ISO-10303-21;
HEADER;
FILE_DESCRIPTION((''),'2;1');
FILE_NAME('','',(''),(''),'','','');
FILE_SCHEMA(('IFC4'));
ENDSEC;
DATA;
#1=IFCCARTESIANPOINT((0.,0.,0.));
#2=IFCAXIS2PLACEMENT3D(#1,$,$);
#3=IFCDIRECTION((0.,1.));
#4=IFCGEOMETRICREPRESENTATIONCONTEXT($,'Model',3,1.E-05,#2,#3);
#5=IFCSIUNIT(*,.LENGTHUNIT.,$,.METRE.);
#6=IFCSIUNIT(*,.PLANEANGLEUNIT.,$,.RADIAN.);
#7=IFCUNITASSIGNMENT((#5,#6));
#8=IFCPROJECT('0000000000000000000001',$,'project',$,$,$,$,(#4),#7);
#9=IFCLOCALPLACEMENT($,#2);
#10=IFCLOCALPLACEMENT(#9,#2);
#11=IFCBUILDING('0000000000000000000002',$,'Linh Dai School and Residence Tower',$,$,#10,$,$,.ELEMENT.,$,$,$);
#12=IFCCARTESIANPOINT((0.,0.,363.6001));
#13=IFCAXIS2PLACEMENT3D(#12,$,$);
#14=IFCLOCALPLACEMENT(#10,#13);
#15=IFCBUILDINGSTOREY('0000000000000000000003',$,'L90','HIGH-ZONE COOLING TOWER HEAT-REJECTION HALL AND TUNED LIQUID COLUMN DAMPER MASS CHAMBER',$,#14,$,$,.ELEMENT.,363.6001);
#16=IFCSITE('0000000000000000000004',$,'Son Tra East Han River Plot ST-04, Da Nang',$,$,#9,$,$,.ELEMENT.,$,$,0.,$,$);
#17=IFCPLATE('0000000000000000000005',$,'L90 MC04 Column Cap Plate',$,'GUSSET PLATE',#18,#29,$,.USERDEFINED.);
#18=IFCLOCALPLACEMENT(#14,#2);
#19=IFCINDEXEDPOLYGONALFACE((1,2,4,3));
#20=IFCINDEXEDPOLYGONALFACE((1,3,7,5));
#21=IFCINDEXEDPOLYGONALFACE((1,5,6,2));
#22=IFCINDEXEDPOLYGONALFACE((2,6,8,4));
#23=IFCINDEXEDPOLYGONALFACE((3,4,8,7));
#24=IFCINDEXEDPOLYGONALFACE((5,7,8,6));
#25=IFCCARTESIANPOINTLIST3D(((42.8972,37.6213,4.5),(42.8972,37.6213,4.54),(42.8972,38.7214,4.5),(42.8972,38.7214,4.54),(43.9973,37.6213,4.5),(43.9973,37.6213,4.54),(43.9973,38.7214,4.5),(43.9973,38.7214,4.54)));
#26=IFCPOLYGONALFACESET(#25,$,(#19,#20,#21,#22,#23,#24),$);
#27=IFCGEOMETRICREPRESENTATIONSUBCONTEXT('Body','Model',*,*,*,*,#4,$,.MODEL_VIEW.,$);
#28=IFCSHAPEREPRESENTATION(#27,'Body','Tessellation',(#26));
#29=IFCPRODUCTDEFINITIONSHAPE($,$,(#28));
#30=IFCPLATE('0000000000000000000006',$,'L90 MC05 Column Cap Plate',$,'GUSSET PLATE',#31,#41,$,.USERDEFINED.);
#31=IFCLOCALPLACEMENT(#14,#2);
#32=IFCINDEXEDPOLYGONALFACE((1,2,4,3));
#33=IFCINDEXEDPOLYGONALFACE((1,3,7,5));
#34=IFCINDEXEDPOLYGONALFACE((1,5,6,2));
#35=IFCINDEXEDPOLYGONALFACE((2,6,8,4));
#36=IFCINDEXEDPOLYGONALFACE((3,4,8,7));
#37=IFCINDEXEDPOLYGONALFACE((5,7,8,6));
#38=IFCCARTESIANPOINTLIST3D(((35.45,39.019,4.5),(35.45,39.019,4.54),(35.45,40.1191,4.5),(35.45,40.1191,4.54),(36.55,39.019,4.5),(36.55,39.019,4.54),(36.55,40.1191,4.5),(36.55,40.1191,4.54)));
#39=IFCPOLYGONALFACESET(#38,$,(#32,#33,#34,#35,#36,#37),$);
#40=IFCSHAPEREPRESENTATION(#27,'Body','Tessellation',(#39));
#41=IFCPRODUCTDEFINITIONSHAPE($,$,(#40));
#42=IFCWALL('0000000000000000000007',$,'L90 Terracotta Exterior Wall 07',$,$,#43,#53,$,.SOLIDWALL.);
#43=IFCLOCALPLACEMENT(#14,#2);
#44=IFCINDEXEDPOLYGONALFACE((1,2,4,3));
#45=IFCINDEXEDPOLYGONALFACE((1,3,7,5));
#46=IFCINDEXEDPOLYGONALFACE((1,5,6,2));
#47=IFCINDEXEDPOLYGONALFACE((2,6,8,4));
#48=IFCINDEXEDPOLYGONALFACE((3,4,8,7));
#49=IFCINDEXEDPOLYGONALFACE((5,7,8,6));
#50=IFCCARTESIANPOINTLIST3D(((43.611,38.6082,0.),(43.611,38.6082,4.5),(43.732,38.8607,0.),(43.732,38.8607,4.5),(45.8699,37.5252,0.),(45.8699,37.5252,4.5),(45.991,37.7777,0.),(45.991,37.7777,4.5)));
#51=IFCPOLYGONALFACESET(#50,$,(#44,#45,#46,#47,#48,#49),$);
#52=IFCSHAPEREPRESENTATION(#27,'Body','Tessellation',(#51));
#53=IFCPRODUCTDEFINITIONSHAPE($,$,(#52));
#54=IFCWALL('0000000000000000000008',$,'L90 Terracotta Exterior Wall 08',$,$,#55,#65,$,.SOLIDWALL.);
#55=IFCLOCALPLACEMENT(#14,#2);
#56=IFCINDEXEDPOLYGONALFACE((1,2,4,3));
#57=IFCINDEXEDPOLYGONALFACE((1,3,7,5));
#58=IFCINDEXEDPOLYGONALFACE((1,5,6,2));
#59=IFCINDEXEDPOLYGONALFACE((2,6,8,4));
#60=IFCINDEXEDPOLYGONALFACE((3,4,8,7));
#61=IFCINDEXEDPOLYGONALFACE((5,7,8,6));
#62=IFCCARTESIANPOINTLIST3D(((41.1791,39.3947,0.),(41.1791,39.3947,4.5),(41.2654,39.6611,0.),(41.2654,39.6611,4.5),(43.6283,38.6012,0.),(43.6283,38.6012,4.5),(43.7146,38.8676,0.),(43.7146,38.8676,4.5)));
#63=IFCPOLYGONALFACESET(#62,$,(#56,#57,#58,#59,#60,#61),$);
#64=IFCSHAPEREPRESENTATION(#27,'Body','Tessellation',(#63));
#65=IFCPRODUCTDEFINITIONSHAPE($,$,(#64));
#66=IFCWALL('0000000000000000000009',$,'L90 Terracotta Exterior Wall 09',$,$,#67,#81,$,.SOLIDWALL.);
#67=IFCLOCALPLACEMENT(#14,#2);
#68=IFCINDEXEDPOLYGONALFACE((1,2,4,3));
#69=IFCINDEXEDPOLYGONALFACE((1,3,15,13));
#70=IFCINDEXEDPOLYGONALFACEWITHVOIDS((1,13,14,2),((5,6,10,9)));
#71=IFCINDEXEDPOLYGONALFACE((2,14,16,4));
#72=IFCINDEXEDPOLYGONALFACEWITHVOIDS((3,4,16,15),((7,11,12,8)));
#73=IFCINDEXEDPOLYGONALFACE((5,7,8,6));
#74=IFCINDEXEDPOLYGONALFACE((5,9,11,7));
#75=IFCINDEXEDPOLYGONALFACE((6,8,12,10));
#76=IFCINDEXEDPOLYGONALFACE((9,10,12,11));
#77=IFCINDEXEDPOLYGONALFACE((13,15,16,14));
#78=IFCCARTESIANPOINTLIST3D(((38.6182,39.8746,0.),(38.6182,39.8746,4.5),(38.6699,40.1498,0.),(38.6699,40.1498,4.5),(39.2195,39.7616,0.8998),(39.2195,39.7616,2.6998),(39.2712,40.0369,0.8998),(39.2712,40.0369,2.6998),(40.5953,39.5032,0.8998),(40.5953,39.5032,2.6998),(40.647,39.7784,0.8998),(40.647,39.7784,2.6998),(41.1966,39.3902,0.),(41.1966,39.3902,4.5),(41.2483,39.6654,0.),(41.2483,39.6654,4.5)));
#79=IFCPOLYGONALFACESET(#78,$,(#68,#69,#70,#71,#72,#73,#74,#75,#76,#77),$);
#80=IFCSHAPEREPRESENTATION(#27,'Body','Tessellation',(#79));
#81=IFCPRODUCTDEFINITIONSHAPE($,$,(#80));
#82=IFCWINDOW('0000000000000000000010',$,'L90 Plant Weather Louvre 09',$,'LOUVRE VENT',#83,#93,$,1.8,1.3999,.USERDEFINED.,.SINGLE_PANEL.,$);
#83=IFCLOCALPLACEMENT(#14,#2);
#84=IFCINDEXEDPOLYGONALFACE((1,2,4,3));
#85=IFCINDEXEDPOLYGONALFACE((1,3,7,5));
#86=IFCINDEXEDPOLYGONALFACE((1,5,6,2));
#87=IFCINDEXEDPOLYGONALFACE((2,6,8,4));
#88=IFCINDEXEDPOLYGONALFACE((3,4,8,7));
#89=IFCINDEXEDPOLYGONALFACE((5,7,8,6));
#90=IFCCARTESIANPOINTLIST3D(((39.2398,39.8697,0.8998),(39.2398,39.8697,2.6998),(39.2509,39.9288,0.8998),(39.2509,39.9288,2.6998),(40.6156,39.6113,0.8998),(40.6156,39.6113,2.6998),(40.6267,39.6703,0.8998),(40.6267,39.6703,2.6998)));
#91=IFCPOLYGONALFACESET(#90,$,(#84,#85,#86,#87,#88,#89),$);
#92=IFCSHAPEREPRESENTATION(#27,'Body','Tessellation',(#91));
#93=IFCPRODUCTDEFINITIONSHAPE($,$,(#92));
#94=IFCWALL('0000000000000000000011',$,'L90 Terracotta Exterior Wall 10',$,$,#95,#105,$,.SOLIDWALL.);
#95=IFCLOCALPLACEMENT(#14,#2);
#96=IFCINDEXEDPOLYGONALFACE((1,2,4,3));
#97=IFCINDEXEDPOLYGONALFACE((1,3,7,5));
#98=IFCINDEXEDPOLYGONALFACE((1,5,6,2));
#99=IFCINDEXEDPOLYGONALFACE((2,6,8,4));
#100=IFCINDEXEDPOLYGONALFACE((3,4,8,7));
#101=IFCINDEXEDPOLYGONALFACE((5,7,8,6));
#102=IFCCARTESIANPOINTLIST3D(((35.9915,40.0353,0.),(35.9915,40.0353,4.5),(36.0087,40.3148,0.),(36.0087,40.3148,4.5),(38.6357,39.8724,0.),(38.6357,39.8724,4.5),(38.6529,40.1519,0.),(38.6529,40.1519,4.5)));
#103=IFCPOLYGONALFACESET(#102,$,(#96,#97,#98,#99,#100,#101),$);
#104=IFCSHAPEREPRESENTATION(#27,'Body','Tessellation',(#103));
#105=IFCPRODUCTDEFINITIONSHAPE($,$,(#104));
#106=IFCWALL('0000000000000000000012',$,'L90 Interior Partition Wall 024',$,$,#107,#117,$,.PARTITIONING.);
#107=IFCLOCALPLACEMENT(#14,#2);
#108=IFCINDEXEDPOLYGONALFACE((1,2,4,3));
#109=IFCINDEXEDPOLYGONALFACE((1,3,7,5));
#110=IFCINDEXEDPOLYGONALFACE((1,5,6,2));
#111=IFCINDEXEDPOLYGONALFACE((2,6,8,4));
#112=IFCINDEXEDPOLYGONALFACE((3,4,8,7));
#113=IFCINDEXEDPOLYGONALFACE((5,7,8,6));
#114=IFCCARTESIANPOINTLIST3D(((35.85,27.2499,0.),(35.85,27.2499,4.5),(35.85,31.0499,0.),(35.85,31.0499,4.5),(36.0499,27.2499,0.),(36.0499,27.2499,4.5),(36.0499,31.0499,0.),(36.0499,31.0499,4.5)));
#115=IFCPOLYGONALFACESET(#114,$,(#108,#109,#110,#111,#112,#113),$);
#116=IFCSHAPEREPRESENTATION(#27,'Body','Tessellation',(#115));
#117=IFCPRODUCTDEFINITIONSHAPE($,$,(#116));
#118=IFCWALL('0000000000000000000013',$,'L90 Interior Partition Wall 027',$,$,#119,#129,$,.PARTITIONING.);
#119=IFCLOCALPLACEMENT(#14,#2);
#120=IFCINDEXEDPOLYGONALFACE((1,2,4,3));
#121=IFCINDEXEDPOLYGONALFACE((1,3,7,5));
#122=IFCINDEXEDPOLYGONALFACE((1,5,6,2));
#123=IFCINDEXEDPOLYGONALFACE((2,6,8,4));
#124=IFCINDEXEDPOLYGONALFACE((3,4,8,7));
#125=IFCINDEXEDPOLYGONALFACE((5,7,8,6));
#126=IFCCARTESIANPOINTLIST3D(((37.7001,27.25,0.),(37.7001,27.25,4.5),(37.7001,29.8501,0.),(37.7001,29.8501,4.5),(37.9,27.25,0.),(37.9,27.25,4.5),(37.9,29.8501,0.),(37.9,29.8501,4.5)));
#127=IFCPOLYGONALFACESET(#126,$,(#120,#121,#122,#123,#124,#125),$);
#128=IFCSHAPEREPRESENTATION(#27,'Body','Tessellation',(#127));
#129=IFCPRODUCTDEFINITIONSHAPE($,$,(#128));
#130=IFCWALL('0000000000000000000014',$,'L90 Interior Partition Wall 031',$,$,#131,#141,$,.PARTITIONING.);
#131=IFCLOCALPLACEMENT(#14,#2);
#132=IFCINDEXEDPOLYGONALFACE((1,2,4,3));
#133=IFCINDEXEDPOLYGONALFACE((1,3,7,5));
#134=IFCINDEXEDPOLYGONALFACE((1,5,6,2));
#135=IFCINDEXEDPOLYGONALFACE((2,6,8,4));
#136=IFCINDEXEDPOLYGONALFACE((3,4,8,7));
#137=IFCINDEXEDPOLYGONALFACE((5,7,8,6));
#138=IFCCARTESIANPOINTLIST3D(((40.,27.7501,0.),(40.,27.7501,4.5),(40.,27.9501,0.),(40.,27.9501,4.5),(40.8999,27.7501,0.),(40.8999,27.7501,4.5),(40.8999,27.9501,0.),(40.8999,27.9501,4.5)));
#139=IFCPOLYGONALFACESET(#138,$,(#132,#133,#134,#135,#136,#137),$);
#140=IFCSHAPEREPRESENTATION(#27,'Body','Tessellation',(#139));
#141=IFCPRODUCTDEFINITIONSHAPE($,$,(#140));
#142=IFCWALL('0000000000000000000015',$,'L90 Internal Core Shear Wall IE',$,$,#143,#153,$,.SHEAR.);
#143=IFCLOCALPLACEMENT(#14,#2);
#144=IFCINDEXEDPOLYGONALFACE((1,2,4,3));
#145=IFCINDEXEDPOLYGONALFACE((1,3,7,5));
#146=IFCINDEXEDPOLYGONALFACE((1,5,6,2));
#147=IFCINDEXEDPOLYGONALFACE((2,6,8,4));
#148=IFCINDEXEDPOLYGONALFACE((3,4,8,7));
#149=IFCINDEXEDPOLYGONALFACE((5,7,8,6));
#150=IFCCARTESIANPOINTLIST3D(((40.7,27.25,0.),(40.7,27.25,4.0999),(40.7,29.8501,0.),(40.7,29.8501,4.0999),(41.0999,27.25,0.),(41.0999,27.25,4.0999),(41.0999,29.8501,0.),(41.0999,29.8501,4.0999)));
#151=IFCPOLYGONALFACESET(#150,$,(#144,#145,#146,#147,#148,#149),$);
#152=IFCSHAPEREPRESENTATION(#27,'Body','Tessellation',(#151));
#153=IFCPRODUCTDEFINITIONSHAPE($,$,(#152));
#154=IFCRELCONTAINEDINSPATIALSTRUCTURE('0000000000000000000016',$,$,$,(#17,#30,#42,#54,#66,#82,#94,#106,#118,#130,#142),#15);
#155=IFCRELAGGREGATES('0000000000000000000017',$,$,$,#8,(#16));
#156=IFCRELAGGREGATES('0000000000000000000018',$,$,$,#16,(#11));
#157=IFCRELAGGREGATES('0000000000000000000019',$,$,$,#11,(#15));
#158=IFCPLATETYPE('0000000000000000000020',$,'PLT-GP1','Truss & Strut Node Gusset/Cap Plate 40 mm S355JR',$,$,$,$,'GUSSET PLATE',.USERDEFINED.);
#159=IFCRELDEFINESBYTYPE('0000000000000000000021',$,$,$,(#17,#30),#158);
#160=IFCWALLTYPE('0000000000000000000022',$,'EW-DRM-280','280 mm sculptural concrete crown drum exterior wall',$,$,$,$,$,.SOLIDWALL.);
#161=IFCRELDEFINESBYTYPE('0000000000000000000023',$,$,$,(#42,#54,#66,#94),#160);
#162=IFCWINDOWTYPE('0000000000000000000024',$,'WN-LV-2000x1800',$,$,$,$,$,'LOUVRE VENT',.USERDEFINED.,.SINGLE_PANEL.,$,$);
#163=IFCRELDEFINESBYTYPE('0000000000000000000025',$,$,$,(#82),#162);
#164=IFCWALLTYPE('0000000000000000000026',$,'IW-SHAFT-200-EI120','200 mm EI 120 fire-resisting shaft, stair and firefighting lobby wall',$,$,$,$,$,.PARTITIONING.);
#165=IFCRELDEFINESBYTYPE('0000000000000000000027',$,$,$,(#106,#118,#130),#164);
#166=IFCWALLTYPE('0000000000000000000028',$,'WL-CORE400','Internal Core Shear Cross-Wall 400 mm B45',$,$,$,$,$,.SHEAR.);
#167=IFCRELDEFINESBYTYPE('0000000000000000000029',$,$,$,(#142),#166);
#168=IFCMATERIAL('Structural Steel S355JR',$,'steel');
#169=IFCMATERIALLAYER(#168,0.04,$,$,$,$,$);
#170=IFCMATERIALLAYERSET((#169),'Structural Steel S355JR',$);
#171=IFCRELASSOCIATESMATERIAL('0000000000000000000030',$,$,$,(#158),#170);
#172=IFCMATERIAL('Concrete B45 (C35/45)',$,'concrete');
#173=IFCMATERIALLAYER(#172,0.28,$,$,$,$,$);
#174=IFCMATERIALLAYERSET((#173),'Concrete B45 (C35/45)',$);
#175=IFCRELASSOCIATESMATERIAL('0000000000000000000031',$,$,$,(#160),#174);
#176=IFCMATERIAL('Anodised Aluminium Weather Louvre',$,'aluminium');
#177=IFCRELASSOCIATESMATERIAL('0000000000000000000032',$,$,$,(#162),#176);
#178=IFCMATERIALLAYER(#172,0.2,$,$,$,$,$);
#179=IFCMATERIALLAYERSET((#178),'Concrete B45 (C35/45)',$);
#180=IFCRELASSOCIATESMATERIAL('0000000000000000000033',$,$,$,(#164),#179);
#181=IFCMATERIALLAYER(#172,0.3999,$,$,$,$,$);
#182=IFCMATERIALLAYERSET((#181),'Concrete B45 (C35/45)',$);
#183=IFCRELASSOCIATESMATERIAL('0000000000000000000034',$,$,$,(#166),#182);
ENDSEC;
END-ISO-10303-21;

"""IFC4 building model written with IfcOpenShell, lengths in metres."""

from ifc_helpers import new_model, si_unit, direction, frame, frame_2d, origin, origin_2d, place, context, subcontext, project, spatial, rectangle, extrude, source, transform, mapped, material, layer, layer_set, type_object, element, fill, save


model = new_model("IFC4")

# Units and contexts
model_context = context("Model", 3, precision=1e-05, world=origin(), true_north=direction((0.0, 1.0)))
body_context = subcontext(model_context, "Body", "Model", "MODEL_VIEW")
ifc_project = project(units=[si_unit("LENGTHUNIT", "METRE"), si_unit("PLANEANGLEUNIT", "RADIAN")], contexts=[model_context])

# Site, building, storey
site_placement = place(None, origin())
site = spatial("IfcSite", under=ifc_project, at=site_placement, Name="Son Tra East Han River Plot ST-04, Da Nang", CompositionType="ELEMENT", RefElevation=0.0)
building_placement = place(site_placement, origin())
building = spatial("IfcBuilding", under=site, at=building_placement, Name="Linh Dai School and Residence Tower", CompositionType="ELEMENT")
storey_placement = place(building_placement, frame((0.0, 0.0, 363.6001)))
storey = spatial("IfcBuildingStorey", under=building, at=storey_placement, Name="L90", Description="HIGH-ZONE COOLING TOWER HEAT-REJECTION HALL AND TUNED LIQUID COLUMN DAMPER MASS CHAMBER", CompositionType="ELEMENT", Elevation=363.6001)

# Shared definitions
ifc_material_1 = material(Name="Structural Steel S355JR", Category="steel")

# Plates
ifc_layer_1 = layer(ifc_material_1, 0.04)
ifc_layer_set_1 = layer_set([ifc_layer_1], Name="Structural Steel S355JR")
plate_type = type_object("IfcPlateType", Name="PLT-GP1", Description="Truss & Strut Node Gusset/Cap Plate 40 mm S355JR", ElementType="GUSSET PLATE", PredefinedType="USERDEFINED", material=ifc_layer_set_1)
shared_shape_1 = source(origin(), body_context, "Body", "SweptSolid", [
    extrude(rectangle(XDim=1.1001, YDim=1.1001, at=origin_2d()), origin(), (0.0, 0.0, 1.0), 0.04),
])
for number, where, z_axis, x_axis, name in (
    (1, (43.4473, 38.1714, 4.5), (0.0, 0.0, 1.0), (1.0, 0.0, 0.0), "L90 MC04 Column Cap Plate"),
    (2, (36.0, 39.5691, 4.5), (0.0, 0.0, 1.0), (1.0, 0.0, 0.0), "L90 MC05 Column Cap Plate"),
):
    element("IfcPlate", number, at=place(storey_placement, frame(where, z_axis=z_axis, x_axis=x_axis)), inside=storey, type_object=plate_type, Name=name, ObjectType="GUSSET PLATE", PredefinedType="USERDEFINED", context=body_context, shape_type="MappedRepresentation", body=[
        mapped(shared_shape_1, transform((0.0, 0.0, 0.0), x_axis=(1.0, 0.0, 0.0), y_axis=(0.0, 1.0, 0.0), z_axis=(0.0, 0.0, 1.0), scale=1.0)),
    ])

# Walls
ifc_material_2 = material(Name="Concrete B45 (C35/45)", Category="concrete")
ifc_layer_2 = layer(ifc_material_2, 0.28)
ifc_layer_set_2 = layer_set([ifc_layer_2], Name="Concrete B45 (C35/45)")
wall_type_1 = type_object("IfcWallType", Name="EW-DRM-280", Description="280 mm sculptural concrete crown drum exterior wall", PredefinedType="SOLIDWALL", material=ifc_layer_set_2)
wall_1_placement = place(storey_placement, frame((43.6716, 38.7344, 0.0), z_axis=(0.0, 0.0, 1.0), x_axis=(0.90173, -0.4323, 0.0)))
element("IfcWall", 3, at=wall_1_placement, inside=storey, type_object=wall_type_1, Name="L90 Terracotta Exterior Wall 07", PredefinedType="SOLIDWALL", context=body_context, shape_type="SweptSolid", body=[
    extrude(rectangle(XDim=2.5051, YDim=0.28, at=frame_2d((1.2524, 0.0))), origin(), (0.0, 0.0, 1.0), 4.5),
])
wall_2_placement = place(storey_placement, frame((41.2224, 39.5278, 0.0), z_axis=(0.0, 0.0, 1.0), x_axis=(0.951324, -0.308194, 0.0)))
element("IfcWall", 4, at=wall_2_placement, inside=storey, type_object=wall_type_1, Name="L90 Terracotta Exterior Wall 08", PredefinedType="SOLIDWALL", context=body_context, shape_type="SweptSolid", body=[
    extrude(rectangle(XDim=2.5745, YDim=0.28, at=frame_2d((1.2871, 0.0))), origin(), (0.0, 0.0, 1.0), 4.5),
])

# Wall, opening, window
wall_3_placement = place(storey_placement, frame((38.644, 40.0122, 0.0), z_axis=(0.0, 0.0, 1.0), x_axis=(0.982808, -0.184631, 0.0)))
wall_3 = element("IfcWall", 5, at=wall_3_placement, inside=storey, type_object=wall_type_1, Name="L90 Terracotta Exterior Wall 09", PredefinedType="SOLIDWALL", context=body_context, shape_type="SweptSolid", body=[
    extrude(rectangle(XDim=2.6235, YDim=0.28, at=frame_2d((1.3118, 0.0))), origin(), (0.0, 0.0, 1.0), 4.5),
])
opening_1_placement = place(wall_3_placement, frame((0.6118, 0.0, 0.8999)))
opening_1 = element("IfcOpeningElement", 6, at=opening_1_placement, cuts=wall_3, PredefinedType="OPENING", context=body_context, shape_type="SweptSolid", body=[
    extrude(rectangle(XDim=1.3999, YDim=1.8, at=origin_2d()), frame((0.7, 0.1499, 0.8999), z_axis=(0.0, -1.0, 0.0), x_axis=(1.0, 0.0, 0.0)), (0.0, 0.0, 1.0), 0.3),
])
ifc_material_3 = material(Name="Anodised Aluminium Weather Louvre", Category="aluminium")
window_type = type_object("IfcWindowType", Name="WN-LV-2000x1800", ElementType="LOUVRE VENT", PartitioningType="SINGLE_PANEL", PredefinedType="USERDEFINED", material=ifc_material_3)
shared_shape_2 = source(origin(), body_context, "Body", "SweptSolid", [
    extrude(rectangle(XDim=1.3999, YDim=1.8, at=origin_2d()), frame((0.7, 0.03, 0.8999), z_axis=(0.0, -1.0, 0.0), x_axis=(1.0, 0.0, 0.0)), (0.0, 0.0, 1.0), 0.0601),
])
window_placement = place(opening_1_placement, origin())
window = element("IfcWindow", 7, at=window_placement, inside=storey, type_object=window_type, Name="L90 Plant Weather Louvre 09", ObjectType="LOUVRE VENT", OverallHeight=1.8, OverallWidth=1.3999, PartitioningType="SINGLE_PANEL", PredefinedType="USERDEFINED", context=body_context, shape_type="MappedRepresentation", body=[
    mapped(shared_shape_2, transform((0.0, 0.0, 0.0), x_axis=(1.0, 0.0, 0.0), y_axis=(0.0, 1.0, 0.0), z_axis=(0.0, 0.0, 1.0), scale=1.0)),
])
fill(opening_1, window)

# Walls
wall_4_placement = place(storey_placement, frame((36.0, 40.175, 0.0), z_axis=(0.0, 0.0, 1.0), x_axis=(0.998109, -0.061472, 0.0)))
element("IfcWall", 8, at=wall_4_placement, inside=storey, type_object=wall_type_1, Name="L90 Terracotta Exterior Wall 10", PredefinedType="SOLIDWALL", context=body_context, shape_type="SweptSolid", body=[
    extrude(rectangle(XDim=2.6492, YDim=0.28, at=frame_2d((1.3247, 0.0))), origin(), (0.0, 0.0, 1.0), 4.5),
])
ifc_layer_3 = layer(ifc_material_2, 0.2)
ifc_layer_set_3 = layer_set([ifc_layer_3], Name="Concrete B45 (C35/45)")
wall_type_2 = type_object("IfcWallType", Name="IW-SHAFT-200-EI120", Description="200 mm EI 120 fire-resisting shaft, stair and firefighting lobby wall", PredefinedType="PARTITIONING", material=ifc_layer_set_3)
wall_5_placement = place(storey_placement, frame((35.95, 27.25, 0.0), z_axis=(0.0, 0.0, 1.0), x_axis=(0.0, 1.0, 0.0)))
element("IfcWall", 9, at=wall_5_placement, inside=storey, type_object=wall_type_2, Name="L90 Interior Partition Wall 024", PredefinedType="PARTITIONING", context=body_context, shape_type="SweptSolid", body=[
    extrude(rectangle(XDim=3.8, YDim=0.2, at=frame_2d((1.8999, 0.0))), origin(), (0.0, 0.0, 1.0), 4.5),
])

# Walls
wall_6_placement = place(storey_placement, frame((37.8, 27.25, 0.0), z_axis=(0.0, 0.0, 1.0), x_axis=(0.0, 1.0, 0.0)))
element("IfcWall", 10, at=wall_6_placement, inside=storey, type_object=wall_type_2, Name="L90 Interior Partition Wall 027", PredefinedType="PARTITIONING", context=body_context, shape_type="SweptSolid", body=[
    extrude(rectangle(XDim=2.6001, YDim=0.2, at=frame_2d((1.3, 0.0))), origin(), (0.0, 0.0, 1.0), 4.5),
])
wall_7_placement = place(storey_placement, frame((40.0, 27.8501, 0.0), z_axis=(0.0, 0.0, 1.0), x_axis=(1.0, 0.0, 0.0)))
element("IfcWall", 11, at=wall_7_placement, inside=storey, type_object=wall_type_2, Name="L90 Interior Partition Wall 031", PredefinedType="PARTITIONING", context=body_context, shape_type="SweptSolid", body=[
    extrude(rectangle(XDim=0.8999, YDim=0.2, at=frame_2d((0.45, 0.0))), origin(), (0.0, 0.0, 1.0), 4.5),
])
ifc_layer_4 = layer(ifc_material_2, 0.3999)
ifc_layer_set_4 = layer_set([ifc_layer_4], Name="Concrete B45 (C35/45)")
wall_type_3 = type_object("IfcWallType", Name="WL-CORE400", Description="Internal Core Shear Cross-Wall 400 mm B45", PredefinedType="SHEAR", material=ifc_layer_set_4)
wall_8_placement = place(storey_placement, frame((40.8999, 27.25, 0.0), z_axis=(0.0, 0.0, 1.0), x_axis=(0.0, 1.0, 0.0)))
element("IfcWall", 12, at=wall_8_placement, inside=storey, type_object=wall_type_3, Name="L90 Internal Core Shear Wall IE", PredefinedType="SHEAR", context=body_context, shape_type="SweptSolid", body=[
    extrude(rectangle(XDim=2.6001, YDim=0.3999, at=frame_2d((1.3, 0.0))), origin(), (0.0, 0.0, 1.0), 4.0999),
])

save(model, "model.ifc")
